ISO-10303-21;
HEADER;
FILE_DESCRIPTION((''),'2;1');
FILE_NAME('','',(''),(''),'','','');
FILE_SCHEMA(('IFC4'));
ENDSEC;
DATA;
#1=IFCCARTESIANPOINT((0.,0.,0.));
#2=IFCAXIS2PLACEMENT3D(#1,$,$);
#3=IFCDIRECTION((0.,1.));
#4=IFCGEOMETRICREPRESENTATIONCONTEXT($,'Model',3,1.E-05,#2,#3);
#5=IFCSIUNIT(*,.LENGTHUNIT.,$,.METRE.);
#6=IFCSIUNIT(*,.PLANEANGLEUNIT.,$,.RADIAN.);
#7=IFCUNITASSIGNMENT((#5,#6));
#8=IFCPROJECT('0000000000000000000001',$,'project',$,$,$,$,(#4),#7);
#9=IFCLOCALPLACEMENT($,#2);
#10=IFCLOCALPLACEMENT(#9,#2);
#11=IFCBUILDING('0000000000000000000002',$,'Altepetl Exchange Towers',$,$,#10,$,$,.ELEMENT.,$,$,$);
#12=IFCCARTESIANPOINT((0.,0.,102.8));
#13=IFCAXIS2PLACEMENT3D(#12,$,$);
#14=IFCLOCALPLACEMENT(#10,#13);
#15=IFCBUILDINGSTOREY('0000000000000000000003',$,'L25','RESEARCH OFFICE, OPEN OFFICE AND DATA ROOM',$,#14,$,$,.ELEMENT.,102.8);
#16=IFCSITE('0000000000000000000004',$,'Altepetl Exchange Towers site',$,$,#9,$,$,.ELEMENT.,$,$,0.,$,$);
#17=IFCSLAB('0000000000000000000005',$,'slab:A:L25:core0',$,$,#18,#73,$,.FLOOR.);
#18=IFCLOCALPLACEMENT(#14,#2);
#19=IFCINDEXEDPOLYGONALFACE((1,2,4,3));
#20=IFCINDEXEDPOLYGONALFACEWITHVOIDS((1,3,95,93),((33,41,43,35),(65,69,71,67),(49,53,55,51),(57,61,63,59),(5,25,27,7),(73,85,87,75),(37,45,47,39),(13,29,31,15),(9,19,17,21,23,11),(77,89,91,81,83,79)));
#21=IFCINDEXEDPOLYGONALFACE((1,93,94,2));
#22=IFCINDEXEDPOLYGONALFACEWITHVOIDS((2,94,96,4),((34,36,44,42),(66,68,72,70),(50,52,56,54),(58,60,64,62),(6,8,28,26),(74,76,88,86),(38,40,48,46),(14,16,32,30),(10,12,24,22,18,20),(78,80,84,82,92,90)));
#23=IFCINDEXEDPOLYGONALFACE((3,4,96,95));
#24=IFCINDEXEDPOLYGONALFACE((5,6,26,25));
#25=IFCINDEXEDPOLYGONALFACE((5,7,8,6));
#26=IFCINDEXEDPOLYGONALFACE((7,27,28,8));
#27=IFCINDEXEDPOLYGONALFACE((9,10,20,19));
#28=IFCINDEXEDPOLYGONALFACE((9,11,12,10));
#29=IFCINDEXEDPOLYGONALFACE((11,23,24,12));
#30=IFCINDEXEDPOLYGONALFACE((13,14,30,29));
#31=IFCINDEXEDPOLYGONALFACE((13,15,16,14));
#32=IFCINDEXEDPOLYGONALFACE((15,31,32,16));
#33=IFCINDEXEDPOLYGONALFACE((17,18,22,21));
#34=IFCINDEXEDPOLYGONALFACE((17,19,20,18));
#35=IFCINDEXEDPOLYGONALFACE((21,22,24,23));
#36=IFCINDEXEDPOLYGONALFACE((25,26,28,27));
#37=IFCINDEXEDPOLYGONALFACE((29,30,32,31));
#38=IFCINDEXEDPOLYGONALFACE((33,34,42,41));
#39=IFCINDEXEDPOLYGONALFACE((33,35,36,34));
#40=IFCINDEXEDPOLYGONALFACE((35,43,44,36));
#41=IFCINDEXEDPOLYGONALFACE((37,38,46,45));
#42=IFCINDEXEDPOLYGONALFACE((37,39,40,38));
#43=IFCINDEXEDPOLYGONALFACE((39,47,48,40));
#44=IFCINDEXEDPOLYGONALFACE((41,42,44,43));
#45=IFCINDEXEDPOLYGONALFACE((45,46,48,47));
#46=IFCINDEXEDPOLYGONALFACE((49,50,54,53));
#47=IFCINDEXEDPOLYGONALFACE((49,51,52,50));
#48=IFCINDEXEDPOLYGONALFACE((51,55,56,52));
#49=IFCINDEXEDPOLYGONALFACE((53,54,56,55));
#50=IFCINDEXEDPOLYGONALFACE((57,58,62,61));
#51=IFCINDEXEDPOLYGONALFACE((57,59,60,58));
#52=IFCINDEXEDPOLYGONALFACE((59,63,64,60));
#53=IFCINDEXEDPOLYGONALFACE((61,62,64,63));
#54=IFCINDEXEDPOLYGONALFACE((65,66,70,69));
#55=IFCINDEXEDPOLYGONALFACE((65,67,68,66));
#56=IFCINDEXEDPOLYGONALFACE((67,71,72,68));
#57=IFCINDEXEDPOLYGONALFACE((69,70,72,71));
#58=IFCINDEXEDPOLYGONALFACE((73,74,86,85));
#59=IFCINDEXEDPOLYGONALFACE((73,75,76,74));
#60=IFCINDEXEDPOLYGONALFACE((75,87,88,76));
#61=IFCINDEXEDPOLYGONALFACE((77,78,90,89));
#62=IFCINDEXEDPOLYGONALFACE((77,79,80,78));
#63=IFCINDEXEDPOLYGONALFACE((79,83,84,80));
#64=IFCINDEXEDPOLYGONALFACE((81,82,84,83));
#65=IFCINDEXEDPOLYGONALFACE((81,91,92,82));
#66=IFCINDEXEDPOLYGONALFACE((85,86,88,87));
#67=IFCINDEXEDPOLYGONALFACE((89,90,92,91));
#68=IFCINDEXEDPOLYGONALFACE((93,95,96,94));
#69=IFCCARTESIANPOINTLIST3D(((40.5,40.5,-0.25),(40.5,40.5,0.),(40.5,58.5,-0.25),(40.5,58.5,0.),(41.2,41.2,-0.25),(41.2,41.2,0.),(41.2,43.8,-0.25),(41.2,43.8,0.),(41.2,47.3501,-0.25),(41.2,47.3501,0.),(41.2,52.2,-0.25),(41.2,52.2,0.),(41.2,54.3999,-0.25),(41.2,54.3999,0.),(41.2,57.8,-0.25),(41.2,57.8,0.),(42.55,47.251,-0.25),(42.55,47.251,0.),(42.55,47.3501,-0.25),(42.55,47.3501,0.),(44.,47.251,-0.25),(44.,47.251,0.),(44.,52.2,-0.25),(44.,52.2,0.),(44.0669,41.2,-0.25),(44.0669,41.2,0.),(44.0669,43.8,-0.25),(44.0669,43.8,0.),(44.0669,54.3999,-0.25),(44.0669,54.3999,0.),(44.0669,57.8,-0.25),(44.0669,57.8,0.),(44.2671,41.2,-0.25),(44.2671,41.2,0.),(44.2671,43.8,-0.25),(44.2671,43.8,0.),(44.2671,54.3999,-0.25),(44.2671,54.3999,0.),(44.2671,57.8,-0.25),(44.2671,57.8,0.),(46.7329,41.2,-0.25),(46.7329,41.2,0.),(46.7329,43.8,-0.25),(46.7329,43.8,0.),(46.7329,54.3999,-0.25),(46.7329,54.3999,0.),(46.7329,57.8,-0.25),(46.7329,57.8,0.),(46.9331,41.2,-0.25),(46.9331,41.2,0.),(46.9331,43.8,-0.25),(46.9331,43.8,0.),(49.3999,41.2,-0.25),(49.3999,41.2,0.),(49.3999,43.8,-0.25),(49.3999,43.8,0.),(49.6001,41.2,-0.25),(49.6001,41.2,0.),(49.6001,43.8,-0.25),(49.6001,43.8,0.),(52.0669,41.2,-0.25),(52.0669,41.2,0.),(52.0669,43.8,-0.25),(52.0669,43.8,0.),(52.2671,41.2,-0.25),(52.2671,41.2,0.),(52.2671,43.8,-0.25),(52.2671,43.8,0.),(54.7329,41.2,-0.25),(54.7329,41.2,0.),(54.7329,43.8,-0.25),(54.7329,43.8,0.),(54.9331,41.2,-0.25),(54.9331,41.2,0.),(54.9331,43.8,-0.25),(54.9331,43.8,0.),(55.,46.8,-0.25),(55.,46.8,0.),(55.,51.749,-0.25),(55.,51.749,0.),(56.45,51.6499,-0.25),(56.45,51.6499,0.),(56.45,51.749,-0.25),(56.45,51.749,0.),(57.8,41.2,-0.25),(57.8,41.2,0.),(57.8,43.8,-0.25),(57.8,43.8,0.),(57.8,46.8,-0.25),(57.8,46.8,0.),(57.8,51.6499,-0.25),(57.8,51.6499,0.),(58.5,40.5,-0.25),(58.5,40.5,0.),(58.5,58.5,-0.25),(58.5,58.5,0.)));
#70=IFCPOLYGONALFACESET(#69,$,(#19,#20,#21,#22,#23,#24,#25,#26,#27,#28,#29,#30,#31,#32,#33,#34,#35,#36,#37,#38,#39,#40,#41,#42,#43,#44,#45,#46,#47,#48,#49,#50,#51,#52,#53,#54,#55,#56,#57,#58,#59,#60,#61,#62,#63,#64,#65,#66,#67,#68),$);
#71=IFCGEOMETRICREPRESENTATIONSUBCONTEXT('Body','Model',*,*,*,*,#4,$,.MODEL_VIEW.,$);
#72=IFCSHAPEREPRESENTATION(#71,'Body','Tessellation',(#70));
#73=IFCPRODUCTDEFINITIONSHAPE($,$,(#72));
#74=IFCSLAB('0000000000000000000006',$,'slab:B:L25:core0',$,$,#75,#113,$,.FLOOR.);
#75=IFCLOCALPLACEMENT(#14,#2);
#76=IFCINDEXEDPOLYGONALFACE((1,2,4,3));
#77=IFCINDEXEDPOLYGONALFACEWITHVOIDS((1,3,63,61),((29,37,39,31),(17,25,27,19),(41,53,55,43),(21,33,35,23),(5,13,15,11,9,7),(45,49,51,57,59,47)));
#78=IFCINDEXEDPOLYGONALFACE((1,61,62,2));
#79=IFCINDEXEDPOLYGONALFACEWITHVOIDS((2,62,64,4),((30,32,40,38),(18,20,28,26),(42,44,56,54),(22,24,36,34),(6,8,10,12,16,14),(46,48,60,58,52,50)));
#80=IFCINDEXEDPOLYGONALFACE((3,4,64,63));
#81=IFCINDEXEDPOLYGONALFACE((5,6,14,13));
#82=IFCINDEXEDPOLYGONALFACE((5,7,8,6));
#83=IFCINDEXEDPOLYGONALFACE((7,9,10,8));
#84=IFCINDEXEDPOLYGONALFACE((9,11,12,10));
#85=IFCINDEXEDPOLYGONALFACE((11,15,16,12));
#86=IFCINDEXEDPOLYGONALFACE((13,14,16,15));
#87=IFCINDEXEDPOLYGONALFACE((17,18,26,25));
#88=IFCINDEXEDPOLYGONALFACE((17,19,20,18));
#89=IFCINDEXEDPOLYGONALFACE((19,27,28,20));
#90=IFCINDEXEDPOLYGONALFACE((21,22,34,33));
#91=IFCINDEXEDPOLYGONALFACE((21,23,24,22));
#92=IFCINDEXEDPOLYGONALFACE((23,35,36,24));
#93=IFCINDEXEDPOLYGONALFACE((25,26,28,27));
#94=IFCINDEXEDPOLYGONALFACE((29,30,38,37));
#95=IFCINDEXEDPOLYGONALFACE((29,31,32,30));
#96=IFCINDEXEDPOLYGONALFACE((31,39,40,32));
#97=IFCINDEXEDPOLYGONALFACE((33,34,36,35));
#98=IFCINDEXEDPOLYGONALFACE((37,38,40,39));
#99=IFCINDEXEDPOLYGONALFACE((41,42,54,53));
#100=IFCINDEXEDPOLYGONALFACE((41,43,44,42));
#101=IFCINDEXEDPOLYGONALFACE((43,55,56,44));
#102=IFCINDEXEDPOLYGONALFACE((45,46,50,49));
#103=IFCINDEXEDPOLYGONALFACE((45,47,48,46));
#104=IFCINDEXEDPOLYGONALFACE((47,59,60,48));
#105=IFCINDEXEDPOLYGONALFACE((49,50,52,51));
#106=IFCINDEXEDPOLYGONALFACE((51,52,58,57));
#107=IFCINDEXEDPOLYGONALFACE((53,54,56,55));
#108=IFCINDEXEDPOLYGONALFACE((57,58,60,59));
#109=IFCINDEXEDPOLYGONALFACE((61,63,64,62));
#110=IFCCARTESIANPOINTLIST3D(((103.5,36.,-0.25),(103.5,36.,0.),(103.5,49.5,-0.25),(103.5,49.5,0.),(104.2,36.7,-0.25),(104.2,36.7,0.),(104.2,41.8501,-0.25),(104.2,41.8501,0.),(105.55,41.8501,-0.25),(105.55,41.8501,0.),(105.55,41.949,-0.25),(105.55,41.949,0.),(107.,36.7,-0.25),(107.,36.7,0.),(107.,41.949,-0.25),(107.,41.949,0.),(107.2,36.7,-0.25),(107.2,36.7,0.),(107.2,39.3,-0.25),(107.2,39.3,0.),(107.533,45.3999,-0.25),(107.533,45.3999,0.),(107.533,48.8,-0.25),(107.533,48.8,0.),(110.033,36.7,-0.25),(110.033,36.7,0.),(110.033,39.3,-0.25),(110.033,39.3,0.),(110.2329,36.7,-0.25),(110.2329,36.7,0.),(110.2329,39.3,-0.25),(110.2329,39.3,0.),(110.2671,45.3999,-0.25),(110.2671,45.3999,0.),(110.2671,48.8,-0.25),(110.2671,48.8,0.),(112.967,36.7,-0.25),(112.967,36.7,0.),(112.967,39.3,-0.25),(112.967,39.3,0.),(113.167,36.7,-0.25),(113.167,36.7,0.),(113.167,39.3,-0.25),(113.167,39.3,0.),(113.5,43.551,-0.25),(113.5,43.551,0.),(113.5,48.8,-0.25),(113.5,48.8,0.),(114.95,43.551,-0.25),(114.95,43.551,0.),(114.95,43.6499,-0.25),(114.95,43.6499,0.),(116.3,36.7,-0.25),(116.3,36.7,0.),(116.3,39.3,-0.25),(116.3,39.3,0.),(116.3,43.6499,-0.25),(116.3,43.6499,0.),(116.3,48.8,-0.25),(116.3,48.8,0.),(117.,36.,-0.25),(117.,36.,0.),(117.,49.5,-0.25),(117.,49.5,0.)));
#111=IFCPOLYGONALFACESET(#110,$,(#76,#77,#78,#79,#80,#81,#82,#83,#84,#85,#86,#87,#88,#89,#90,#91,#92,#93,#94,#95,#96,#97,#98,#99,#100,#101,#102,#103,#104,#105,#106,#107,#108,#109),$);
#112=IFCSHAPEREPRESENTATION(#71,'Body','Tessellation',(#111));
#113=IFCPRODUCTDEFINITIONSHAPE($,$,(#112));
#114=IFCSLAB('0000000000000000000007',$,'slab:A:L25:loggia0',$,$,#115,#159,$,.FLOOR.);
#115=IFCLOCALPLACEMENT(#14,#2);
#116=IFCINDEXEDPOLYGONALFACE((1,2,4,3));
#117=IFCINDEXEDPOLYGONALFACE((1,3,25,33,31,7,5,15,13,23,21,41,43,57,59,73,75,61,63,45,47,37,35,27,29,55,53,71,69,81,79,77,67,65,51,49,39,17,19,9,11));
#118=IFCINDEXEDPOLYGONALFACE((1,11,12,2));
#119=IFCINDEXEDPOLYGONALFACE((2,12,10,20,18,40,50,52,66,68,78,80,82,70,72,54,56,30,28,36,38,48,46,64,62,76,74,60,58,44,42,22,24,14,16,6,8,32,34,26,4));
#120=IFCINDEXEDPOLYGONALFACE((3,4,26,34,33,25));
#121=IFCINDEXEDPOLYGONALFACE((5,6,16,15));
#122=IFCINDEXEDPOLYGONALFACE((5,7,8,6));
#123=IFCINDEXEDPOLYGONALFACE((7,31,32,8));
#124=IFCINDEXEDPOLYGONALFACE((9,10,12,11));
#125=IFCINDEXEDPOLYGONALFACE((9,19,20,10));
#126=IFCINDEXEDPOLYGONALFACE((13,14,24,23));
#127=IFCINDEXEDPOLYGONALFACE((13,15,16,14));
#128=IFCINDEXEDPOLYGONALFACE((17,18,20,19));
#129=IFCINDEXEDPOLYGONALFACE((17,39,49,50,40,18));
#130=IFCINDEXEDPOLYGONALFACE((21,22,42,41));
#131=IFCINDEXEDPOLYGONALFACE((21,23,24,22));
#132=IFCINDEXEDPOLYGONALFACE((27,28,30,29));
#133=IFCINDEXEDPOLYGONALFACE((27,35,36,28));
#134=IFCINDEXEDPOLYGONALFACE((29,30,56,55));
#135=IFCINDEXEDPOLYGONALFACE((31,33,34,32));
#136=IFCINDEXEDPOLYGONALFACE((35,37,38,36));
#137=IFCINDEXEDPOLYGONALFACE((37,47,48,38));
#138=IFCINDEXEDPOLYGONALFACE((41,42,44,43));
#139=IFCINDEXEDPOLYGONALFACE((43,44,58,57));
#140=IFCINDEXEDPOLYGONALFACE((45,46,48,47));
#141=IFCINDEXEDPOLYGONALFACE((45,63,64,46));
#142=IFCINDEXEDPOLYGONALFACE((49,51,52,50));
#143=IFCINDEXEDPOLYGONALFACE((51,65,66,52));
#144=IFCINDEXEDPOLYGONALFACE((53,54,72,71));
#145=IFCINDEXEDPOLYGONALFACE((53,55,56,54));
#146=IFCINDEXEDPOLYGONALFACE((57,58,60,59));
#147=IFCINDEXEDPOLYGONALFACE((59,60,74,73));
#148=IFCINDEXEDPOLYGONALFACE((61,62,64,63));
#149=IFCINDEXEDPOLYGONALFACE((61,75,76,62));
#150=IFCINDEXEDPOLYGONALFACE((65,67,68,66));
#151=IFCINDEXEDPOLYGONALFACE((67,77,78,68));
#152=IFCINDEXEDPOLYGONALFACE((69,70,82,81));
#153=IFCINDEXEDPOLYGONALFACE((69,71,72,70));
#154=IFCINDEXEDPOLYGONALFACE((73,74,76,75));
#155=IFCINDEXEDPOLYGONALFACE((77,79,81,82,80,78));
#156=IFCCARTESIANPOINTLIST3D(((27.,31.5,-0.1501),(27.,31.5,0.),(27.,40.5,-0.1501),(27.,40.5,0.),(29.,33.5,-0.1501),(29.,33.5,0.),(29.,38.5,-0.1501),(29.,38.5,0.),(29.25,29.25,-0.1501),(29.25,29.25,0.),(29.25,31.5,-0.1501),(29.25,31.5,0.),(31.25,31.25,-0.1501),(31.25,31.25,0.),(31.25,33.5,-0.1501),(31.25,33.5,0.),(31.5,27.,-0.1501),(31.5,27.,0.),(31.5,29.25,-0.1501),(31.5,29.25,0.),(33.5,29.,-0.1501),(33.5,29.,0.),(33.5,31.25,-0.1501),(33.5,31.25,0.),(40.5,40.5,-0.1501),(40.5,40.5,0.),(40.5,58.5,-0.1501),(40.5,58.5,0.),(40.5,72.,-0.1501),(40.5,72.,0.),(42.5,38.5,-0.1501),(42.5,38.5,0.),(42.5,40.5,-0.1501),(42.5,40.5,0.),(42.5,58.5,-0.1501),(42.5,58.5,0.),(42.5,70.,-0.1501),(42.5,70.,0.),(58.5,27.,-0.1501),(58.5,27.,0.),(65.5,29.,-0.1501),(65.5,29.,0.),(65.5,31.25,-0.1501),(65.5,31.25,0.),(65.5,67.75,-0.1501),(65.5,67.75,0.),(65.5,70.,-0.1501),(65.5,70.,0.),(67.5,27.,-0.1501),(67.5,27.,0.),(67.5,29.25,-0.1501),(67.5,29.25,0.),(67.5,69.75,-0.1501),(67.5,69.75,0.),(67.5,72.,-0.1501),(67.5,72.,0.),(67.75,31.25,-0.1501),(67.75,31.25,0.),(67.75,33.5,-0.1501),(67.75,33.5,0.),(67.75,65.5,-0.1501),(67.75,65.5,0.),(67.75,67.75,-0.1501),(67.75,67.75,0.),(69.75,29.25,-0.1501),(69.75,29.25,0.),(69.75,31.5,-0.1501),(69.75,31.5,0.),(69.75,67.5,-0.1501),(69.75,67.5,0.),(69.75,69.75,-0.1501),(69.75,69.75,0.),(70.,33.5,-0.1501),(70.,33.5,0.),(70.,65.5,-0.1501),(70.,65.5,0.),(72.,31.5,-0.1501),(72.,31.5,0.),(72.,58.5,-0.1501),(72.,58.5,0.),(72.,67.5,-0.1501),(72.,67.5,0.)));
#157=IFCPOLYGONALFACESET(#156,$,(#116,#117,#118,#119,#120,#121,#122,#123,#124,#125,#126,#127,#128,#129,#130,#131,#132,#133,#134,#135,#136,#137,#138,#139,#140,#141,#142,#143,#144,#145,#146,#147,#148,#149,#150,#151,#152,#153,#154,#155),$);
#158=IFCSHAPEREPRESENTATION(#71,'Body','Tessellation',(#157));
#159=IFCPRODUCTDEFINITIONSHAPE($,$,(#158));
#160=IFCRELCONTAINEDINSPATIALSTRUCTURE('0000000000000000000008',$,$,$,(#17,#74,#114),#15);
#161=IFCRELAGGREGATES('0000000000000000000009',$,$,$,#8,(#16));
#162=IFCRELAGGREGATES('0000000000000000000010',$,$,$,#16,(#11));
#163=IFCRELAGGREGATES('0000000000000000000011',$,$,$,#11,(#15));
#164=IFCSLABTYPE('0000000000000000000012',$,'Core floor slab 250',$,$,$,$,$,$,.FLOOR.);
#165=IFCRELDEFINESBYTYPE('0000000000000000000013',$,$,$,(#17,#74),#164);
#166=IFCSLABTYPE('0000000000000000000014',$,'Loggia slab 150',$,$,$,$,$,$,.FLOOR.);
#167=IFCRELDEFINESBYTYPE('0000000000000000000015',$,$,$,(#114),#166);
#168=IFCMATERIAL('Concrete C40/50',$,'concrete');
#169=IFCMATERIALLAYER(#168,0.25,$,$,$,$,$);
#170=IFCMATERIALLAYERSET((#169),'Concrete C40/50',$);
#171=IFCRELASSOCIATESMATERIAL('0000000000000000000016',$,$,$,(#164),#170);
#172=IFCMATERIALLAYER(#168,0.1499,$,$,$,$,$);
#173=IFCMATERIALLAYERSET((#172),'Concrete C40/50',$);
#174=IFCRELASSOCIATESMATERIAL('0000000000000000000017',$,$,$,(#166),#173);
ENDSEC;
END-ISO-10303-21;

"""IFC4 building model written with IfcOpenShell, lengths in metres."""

from ifc_helpers import new_model, si_unit, direction, frame, origin, place, context, subcontext, project, spatial, polyline, outline, extrude, material, layer, layer_set, type_object, element, save


model = new_model("IFC4")

# Units and contexts
model_context = context("Model", 3, precision=1e-05, world=origin(), true_north=direction((0.0, 1.0)))
body_context = subcontext(model_context, "Body", "Model", "MODEL_VIEW")
ifc_project = project(units=[si_unit("LENGTHUNIT", "METRE"), si_unit("PLANEANGLEUNIT", "RADIAN")], contexts=[model_context])

# Site, building, storey
site_placement = place(None, origin())
site = spatial("IfcSite", under=ifc_project, at=site_placement, Name="Altepetl Exchange Towers site", CompositionType="ELEMENT", RefElevation=0.0)
building_placement = place(site_placement, origin())
building = spatial("IfcBuilding", under=site, at=building_placement, Name="Altepetl Exchange Towers", CompositionType="ELEMENT")
storey_placement = place(building_placement, frame((0.0, 0.0, 102.8)))
storey = spatial("IfcBuildingStorey", under=building, at=storey_placement, Name="L25", Description="RESEARCH OFFICE, OPEN OFFICE AND DATA ROOM", CompositionType="ELEMENT", Elevation=102.8)

# Slabs
ifc_material_1 = material(Name="Concrete C40/50", Category="concrete")
ifc_layer_1 = layer(ifc_material_1, 0.25)
ifc_layer_set_1 = layer_set([ifc_layer_1], Name="Concrete C40/50")
slab_type_1 = type_object("IfcSlabType", Name="Core floor slab 250", PredefinedType="FLOOR", material=ifc_layer_set_1)
slab_1_placement = place(storey_placement, frame((0.0, 0.0, -0.25)))
element("IfcSlab", 1, at=slab_1_placement, inside=storey, type_object=slab_type_1, Name="slab:A:L25:core0", PredefinedType="FLOOR", context=body_context, shape_type="SweptSolid", body=[
    extrude(outline(polyline([(40.5, 40.5), (58.5, 40.5), (58.5, 58.5), (40.5, 58.5), (40.5, 40.5)]), holes=[polyline([(41.2, 43.8), (44.0669, 43.8), (44.0669, 41.2), (41.2, 41.2), (41.2, 43.8)]), polyline([(44.2671, 43.8), (46.7329, 43.8), (46.7329, 41.2), (44.2671, 41.2), (44.2671, 43.8)]), polyline([(46.9331, 43.8), (49.3999, 43.8), (49.3999, 41.2), (46.9331, 41.2), (46.9331, 43.8)]), polyline([(52.0669, 43.8), (52.0669, 41.2), (49.6001, 41.2), (49.6001, 43.8), (52.0669, 43.8)]), polyline([(54.7329, 43.8), (54.7329, 41.2), (52.2671, 41.2), (52.2671, 43.8), (54.7329, 43.8)]), polyline([(54.9331, 43.8), (57.8, 43.8), (57.8, 41.2), (54.9331, 41.2), (54.9331, 43.8)]), polyline([(55.0, 51.749), (56.45, 51.749), (56.45, 51.6499), (57.8, 51.6499), (57.8, 46.8), (55.0, 46.8), (55.0, 51.749)]), polyline([(44.0, 47.251), (42.55, 47.251), (42.55, 47.3501), (41.2, 47.3501), (41.2, 52.2), (44.0, 52.2), (44.0, 47.251)]), polyline([(44.0669, 57.8), (44.0669, 54.3999), (41.2, 54.3999), (41.2, 57.8), (44.0669, 57.8)]), polyline([(46.7329, 57.8), (46.7329, 54.3999), (44.2671, 54.3999), (44.2671, 57.8), (46.7329, 57.8)])]), origin(), (0.0, 0.0, 1.0), 0.25),
])
slab_2_placement = place(storey_placement, frame((0.0, 0.0, -0.25)))
element("IfcSlab", 2, at=slab_2_placement, inside=storey, type_object=slab_type_1, Name="slab:B:L25:core0", PredefinedType="FLOOR", context=body_context, shape_type="SweptSolid", body=[
    extrude(outline(polyline([(103.5, 36.0), (117.0, 36.0), (117.0, 49.5), (103.5, 49.5), (103.5, 36.0)]), holes=[polyline([(107.2, 36.7), (107.2, 39.3), (110.033, 39.3), (110.033, 36.7), (107.2, 36.7)]), polyline([(110.2329, 39.3), (112.967, 39.3), (112.967, 36.7), (110.2329, 36.7), (110.2329, 39.3)]), polyline([(113.167, 39.3), (116.3, 39.3), (116.3, 36.7), (113.167, 36.7), (113.167, 39.3)]), polyline([(107.0, 36.7), (104.2, 36.7), (104.2, 41.8501), (105.55, 41.8501), (105.55, 41.949), (107.0, 41.949), (107.0, 36.7)]), polyline([(116.3, 48.8), (116.3, 43.6499), (114.95, 43.6499), (114.95, 43.551), (113.5, 43.551), (113.5, 48.8), (116.3, 48.8)]), polyline([(107.533, 48.8), (110.2671, 48.8), (110.2671, 45.3999), (107.533, 45.3999), (107.533, 48.8)])]), origin(), (0.0, 0.0, 1.0), 0.25),
])
ifc_layer_2 = layer(ifc_material_1, 0.1499)
ifc_layer_set_2 = layer_set([ifc_layer_2], Name="Concrete C40/50")
slab_type_2 = type_object("IfcSlabType", Name="Loggia slab 150", PredefinedType="FLOOR", material=ifc_layer_set_2)
slab_3_placement = place(storey_placement, frame((0.0, 0.0, -0.1501)))
element("IfcSlab", 3, at=slab_3_placement, inside=storey, type_object=slab_type_2, Name="slab:A:L25:loggia0", PredefinedType="FLOOR", context=body_context, shape_type="SweptSolid", body=[
    extrude(outline(polyline([(40.5, 72.0), (40.5, 58.5), (42.5, 58.5), (42.5, 70.0), (65.5, 70.0), (65.5, 67.75), (67.75, 67.75), (67.75, 65.5), (70.0, 65.5), (70.0, 33.5), (67.75, 33.5), (67.75, 31.25), (65.5, 31.25), (65.5, 29.0), (33.5, 29.0), (33.5, 31.25), (31.25, 31.25), (31.25, 33.5), (29.0, 33.5), (29.0, 38.5), (42.5, 38.5), (42.5, 40.5), (40.5, 40.5), (27.0, 40.5), (27.0, 31.5), (29.25, 31.5), (29.25, 29.25), (31.5, 29.25), (31.5, 27.0), (58.5, 27.0), (67.5, 27.0), (67.5, 29.25), (69.75, 29.25), (69.75, 31.5), (72.0, 31.5), (72.0, 58.5), (72.0, 67.5), (69.75, 67.5), (69.75, 69.75), (67.5, 69.75), (67.5, 72.0), (40.5, 72.0)])), origin(), (0.0, 0.0, 1.0), 0.1501),
])

save(model, "model.ifc")
